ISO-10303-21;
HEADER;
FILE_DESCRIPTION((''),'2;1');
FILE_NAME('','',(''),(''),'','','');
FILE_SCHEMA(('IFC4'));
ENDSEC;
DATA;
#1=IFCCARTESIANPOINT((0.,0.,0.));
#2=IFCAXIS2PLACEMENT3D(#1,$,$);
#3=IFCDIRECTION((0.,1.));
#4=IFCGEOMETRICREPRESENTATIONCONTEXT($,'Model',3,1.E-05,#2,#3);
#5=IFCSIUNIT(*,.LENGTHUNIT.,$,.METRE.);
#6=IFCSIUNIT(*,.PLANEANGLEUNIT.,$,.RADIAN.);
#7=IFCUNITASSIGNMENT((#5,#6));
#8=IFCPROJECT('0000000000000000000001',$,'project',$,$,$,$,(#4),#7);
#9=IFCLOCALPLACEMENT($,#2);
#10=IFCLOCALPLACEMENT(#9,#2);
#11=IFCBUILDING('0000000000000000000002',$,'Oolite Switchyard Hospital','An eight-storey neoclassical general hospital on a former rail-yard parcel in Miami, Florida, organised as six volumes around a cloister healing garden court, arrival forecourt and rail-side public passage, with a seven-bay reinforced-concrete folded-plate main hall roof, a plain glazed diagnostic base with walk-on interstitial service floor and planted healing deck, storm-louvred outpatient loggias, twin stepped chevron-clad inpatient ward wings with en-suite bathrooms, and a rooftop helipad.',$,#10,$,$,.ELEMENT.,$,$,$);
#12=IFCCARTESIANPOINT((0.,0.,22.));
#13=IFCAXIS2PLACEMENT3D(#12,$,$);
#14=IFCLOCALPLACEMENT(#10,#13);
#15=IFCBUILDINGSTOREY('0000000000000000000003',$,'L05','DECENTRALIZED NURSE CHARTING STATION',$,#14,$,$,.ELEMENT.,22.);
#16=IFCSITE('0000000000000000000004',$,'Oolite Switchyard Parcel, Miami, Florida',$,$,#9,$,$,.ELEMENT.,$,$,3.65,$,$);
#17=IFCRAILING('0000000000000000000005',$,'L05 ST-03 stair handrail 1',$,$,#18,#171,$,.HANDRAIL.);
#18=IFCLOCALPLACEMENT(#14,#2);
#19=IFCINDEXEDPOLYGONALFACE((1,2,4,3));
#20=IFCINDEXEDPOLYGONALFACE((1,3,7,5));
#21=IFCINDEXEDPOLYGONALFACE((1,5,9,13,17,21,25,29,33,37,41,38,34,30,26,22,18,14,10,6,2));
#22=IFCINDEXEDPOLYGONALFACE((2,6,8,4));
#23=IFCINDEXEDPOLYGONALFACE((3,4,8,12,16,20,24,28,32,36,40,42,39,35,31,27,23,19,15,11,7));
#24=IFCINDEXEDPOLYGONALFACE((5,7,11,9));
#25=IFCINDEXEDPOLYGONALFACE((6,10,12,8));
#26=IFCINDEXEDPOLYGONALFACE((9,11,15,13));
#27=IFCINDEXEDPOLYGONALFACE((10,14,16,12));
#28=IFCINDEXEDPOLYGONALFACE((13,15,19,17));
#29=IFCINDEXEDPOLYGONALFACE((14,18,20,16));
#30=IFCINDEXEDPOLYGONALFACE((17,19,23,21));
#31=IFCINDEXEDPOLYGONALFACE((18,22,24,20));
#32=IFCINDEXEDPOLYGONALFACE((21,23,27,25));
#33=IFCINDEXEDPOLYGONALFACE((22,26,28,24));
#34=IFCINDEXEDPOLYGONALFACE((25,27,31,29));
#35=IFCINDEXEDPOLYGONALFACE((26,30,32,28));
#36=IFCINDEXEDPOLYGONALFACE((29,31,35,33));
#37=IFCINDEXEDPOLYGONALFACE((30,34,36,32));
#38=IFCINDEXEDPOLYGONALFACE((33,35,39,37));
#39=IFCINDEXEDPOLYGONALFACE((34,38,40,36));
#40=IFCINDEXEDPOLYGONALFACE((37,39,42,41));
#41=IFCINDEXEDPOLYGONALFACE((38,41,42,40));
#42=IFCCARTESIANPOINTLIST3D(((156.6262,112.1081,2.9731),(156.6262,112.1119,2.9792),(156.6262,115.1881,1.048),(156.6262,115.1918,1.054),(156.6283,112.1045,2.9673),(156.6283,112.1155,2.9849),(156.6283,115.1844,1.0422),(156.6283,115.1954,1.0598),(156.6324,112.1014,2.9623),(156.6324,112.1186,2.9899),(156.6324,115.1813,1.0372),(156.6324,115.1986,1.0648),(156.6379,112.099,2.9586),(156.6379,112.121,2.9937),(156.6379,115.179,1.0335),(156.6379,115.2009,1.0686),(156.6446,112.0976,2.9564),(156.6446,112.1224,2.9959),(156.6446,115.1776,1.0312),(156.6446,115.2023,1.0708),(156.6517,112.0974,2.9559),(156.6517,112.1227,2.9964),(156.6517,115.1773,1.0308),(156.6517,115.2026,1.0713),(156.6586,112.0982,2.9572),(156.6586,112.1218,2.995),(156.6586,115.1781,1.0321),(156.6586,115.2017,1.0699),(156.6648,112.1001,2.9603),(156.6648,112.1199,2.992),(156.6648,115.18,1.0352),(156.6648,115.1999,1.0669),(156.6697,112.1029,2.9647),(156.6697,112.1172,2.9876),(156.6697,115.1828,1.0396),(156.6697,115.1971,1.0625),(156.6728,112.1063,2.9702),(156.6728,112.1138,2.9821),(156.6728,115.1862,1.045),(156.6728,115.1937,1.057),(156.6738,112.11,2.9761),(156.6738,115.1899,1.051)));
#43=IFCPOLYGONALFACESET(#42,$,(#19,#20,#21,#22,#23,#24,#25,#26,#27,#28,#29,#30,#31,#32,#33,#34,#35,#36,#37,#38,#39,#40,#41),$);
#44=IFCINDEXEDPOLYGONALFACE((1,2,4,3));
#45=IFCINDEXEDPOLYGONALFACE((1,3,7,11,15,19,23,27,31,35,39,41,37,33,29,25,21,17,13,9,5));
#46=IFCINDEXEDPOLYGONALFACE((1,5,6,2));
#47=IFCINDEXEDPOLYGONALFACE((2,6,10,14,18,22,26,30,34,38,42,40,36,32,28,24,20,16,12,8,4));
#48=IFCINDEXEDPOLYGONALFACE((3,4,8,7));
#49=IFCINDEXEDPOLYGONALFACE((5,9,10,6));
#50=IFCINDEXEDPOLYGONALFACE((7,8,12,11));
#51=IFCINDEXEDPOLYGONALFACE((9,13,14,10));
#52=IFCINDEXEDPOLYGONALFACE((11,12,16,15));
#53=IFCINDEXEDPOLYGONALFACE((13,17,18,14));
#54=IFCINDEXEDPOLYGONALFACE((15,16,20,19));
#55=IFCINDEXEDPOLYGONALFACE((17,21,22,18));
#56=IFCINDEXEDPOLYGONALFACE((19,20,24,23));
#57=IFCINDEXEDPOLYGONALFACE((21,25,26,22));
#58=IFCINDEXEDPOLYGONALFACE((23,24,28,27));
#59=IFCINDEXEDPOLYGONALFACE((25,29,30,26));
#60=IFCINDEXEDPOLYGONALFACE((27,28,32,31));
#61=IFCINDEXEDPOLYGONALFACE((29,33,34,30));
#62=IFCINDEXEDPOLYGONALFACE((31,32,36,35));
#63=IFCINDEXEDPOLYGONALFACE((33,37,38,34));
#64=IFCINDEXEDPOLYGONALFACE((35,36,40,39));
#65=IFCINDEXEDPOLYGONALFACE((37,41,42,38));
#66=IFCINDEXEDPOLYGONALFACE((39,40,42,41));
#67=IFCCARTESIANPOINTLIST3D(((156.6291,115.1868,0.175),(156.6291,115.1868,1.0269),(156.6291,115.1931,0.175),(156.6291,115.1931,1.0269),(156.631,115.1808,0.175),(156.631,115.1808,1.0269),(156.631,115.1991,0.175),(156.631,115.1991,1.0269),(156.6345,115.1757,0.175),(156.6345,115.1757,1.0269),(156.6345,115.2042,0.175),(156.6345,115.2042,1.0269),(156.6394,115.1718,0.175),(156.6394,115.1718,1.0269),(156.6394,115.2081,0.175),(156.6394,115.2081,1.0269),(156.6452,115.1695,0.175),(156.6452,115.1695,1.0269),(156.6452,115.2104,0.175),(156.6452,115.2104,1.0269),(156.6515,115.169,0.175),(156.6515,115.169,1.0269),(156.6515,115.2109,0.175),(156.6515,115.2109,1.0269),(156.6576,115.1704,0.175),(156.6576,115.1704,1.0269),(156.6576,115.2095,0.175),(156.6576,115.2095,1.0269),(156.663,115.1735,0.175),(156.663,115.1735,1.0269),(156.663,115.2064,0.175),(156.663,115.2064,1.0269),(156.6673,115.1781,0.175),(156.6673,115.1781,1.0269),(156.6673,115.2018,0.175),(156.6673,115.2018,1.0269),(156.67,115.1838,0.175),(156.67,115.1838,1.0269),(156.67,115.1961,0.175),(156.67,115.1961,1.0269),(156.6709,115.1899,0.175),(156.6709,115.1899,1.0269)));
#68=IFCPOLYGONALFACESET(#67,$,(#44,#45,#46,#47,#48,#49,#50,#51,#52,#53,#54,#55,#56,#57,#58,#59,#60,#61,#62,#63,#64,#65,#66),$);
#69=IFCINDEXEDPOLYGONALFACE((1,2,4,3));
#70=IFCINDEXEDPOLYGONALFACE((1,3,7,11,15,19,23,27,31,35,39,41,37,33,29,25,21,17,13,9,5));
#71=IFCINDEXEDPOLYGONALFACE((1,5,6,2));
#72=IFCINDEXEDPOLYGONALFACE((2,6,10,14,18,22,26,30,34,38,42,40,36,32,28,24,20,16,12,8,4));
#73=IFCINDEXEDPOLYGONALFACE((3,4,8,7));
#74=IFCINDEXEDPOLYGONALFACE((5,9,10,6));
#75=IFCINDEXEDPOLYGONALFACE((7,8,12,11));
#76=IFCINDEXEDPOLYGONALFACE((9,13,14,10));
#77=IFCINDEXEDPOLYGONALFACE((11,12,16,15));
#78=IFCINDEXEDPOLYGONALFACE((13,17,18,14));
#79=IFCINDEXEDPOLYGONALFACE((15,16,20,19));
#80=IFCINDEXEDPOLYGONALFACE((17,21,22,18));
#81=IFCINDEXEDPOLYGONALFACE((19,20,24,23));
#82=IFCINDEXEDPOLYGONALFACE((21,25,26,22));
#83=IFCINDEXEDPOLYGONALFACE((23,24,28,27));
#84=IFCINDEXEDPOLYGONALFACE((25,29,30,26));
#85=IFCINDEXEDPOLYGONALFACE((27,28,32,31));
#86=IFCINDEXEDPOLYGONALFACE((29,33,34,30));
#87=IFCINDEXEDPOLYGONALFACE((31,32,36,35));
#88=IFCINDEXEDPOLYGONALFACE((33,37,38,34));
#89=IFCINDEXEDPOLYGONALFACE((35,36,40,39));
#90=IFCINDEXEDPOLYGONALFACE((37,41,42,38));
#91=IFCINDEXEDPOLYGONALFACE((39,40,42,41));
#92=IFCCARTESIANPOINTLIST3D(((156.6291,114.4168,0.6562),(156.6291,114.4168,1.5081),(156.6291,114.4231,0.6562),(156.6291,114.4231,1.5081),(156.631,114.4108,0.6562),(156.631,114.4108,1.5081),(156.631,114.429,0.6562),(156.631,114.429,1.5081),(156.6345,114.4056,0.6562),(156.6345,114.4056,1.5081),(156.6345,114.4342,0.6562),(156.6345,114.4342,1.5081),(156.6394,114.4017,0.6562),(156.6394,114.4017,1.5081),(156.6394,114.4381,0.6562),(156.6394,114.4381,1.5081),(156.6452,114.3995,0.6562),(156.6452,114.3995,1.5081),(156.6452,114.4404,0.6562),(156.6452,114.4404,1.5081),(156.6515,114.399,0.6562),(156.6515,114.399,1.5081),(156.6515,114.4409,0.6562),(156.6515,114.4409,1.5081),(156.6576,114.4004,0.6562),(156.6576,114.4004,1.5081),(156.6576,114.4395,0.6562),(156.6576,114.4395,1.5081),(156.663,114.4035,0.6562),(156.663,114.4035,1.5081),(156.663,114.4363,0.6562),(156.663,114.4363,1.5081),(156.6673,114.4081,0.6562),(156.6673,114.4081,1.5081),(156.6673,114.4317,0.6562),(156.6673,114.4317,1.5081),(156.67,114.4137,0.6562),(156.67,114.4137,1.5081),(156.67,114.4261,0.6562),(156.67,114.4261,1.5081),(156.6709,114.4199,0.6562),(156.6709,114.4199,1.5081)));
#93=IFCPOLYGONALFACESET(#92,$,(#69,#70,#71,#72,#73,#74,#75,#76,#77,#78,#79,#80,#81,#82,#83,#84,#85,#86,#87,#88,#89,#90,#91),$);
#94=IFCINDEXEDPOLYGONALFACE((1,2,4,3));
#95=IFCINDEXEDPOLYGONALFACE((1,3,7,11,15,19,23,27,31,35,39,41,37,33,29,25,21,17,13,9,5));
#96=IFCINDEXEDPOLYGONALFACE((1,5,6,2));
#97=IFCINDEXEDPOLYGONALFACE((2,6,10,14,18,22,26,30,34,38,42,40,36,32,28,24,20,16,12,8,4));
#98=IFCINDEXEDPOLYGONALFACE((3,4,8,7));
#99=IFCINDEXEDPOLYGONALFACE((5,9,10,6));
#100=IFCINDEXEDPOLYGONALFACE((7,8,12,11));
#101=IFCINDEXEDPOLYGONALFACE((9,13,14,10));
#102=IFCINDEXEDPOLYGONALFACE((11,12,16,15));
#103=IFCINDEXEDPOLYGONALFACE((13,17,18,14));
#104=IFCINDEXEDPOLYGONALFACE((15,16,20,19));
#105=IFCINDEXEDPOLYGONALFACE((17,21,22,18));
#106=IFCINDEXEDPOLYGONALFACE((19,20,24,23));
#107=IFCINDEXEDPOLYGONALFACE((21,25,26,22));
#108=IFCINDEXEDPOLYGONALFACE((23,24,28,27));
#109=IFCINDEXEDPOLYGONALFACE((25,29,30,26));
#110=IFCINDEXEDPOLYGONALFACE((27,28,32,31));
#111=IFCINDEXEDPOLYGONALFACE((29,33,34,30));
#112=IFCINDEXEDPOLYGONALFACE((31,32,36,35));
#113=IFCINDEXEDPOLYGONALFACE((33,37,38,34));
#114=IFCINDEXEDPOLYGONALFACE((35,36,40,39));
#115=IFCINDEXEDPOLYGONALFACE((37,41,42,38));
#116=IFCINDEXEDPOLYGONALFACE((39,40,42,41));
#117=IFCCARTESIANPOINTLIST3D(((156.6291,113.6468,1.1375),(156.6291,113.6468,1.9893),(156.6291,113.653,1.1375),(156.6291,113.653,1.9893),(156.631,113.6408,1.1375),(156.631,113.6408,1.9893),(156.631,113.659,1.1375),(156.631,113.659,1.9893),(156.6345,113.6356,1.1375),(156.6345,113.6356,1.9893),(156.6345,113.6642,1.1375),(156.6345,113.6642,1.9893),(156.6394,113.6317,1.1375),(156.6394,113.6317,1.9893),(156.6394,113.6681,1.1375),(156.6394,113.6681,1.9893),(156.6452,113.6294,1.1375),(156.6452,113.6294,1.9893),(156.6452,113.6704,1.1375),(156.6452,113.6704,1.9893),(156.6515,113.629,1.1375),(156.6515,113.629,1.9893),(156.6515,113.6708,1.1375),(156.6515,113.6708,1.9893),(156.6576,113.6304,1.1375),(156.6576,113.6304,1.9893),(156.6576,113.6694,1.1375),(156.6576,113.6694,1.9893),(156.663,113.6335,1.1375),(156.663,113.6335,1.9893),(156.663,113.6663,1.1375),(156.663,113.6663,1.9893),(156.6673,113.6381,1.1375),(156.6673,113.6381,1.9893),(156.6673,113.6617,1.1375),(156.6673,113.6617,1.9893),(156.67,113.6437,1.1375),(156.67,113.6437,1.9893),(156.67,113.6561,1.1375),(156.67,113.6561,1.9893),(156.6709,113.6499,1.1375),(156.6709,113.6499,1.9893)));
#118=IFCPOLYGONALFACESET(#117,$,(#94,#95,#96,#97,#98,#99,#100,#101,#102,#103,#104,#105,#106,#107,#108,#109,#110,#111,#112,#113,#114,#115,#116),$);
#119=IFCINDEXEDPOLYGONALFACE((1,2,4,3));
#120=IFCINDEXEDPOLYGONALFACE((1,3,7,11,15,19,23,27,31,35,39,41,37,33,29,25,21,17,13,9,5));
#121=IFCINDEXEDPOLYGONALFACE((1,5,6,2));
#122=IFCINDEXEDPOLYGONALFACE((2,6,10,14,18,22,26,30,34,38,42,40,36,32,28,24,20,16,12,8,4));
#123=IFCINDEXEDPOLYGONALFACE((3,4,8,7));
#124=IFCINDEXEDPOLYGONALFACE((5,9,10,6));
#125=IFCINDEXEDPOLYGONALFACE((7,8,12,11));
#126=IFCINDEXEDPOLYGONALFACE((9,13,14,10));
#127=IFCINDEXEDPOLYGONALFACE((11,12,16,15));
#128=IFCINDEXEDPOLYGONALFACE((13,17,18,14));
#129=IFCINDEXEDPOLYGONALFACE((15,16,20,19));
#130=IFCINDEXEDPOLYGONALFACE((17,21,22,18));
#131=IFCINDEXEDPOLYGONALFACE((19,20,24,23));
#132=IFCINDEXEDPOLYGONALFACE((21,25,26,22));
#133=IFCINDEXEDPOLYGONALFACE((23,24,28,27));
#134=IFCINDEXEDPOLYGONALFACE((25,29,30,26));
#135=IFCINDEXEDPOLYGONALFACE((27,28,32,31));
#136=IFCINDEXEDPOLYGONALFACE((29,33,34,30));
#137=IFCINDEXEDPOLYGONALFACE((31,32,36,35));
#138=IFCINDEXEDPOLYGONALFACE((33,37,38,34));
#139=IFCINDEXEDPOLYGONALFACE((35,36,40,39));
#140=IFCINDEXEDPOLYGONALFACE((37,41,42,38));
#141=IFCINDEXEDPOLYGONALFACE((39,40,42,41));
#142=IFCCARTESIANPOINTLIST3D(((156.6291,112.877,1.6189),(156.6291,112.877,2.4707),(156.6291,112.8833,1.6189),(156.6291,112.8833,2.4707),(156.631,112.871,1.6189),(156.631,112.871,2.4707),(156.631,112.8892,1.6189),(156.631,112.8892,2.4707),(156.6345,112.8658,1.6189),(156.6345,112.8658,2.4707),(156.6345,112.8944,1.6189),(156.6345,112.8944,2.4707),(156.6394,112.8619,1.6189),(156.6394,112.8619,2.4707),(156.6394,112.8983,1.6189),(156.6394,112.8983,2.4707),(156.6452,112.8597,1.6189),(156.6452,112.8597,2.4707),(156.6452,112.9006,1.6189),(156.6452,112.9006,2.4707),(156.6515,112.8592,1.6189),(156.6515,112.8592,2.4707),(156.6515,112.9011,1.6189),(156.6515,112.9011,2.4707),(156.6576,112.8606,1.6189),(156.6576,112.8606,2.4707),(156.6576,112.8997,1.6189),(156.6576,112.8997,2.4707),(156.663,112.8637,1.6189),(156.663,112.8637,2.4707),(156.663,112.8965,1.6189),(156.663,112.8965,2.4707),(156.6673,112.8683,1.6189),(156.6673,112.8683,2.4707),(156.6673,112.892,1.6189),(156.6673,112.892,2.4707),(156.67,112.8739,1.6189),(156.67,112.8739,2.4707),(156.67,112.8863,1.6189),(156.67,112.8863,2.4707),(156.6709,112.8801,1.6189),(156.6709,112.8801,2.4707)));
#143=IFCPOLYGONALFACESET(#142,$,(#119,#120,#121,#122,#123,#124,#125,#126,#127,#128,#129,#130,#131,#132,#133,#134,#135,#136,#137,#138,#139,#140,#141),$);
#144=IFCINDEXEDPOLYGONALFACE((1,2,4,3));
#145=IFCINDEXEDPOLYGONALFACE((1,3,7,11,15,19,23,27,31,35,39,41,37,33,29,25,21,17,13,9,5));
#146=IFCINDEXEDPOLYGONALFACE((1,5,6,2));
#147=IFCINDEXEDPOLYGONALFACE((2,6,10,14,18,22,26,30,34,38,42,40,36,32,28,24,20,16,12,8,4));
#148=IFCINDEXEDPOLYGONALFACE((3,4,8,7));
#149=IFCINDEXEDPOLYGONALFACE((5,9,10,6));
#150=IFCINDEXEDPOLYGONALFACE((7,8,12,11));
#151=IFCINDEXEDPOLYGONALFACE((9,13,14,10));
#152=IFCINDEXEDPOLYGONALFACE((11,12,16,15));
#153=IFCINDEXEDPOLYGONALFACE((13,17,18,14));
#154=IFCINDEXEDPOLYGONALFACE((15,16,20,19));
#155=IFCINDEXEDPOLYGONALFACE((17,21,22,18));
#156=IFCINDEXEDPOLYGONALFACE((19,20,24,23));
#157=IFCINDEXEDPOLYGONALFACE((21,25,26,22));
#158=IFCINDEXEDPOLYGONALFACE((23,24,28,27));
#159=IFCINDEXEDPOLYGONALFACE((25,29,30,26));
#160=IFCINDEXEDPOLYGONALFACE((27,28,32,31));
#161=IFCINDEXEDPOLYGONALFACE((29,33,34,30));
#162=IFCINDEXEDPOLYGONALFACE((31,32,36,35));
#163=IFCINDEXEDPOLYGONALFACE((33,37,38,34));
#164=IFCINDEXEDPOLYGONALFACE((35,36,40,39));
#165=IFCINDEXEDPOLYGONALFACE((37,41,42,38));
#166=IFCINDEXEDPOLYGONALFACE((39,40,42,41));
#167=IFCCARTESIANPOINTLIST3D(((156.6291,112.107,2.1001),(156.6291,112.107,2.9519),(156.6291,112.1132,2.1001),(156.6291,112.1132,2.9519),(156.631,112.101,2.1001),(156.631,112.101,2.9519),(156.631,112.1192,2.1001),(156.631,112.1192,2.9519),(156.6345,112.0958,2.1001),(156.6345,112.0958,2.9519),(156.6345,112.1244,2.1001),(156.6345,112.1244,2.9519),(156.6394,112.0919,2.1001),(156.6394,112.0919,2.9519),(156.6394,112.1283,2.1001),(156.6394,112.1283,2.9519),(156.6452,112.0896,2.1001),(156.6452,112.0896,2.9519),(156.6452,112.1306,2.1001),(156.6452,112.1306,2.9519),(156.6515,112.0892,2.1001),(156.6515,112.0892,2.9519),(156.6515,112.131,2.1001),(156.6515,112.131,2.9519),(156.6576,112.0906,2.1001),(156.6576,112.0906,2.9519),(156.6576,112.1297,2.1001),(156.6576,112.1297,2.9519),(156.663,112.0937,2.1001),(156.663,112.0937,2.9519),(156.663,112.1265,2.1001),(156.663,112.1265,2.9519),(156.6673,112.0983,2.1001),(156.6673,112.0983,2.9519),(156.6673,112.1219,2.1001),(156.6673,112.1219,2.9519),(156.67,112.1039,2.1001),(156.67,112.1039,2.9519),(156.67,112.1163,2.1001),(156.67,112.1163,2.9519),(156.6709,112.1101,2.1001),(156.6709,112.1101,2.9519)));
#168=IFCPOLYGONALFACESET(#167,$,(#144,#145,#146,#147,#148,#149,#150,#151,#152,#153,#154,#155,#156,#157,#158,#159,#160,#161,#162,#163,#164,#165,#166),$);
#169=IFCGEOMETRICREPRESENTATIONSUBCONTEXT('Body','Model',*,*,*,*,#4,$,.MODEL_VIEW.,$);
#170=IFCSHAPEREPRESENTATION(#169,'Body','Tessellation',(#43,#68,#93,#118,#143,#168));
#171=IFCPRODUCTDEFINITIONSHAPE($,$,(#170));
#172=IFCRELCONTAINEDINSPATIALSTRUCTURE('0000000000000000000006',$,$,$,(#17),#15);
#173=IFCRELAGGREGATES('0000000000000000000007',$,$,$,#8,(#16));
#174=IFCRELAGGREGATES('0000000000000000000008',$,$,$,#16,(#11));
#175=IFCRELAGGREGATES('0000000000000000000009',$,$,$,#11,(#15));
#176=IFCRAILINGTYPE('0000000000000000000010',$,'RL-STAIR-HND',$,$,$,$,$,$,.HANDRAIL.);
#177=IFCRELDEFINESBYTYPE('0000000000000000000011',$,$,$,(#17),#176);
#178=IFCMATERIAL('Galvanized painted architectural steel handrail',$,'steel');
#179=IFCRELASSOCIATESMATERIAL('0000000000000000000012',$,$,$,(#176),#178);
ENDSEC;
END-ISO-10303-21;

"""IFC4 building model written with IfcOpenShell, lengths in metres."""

from ifc_helpers import new_model, si_unit, direction, frame, origin, origin_2d, place, context, subcontext, project, spatial, circle, extrude, material, type_object, element, save


model = new_model("IFC4")

# Units and contexts
model_context = context("Model", 3, precision=1e-05, world=origin(), true_north=direction((0.0, 1.0)))
body_context = subcontext(model_context, "Body", "Model", "MODEL_VIEW")
ifc_project = project(units=[si_unit("LENGTHUNIT", "METRE"), si_unit("PLANEANGLEUNIT", "RADIAN")], contexts=[model_context])

# Site, building, storey
site_placement = place(None, origin())
site = spatial("IfcSite", under=ifc_project, at=site_placement, Name="Oolite Switchyard Parcel, Miami, Florida", CompositionType="ELEMENT", RefElevation=3.65)
building_placement = place(site_placement, origin())
building = spatial("IfcBuilding", under=site, at=building_placement, Name="Oolite Switchyard Hospital", Description="An eight-storey neoclassical general hospital on a former rail-yard parcel in Miami, Florida, organised as six volumes around a cloister healing garden court, arrival forecourt and rail-side public passage, with a seven-bay reinforced-concrete folded-plate main hall roof, a plain glazed diagnostic base with walk-on interstitial service floor and planted healing deck, storm-louvred outpatient loggias, twin stepped chevron-clad inpatient ward wings with en-suite bathrooms, and a rooftop helipad.", CompositionType="ELEMENT")
storey_placement = place(building_placement, frame((0.0, 0.0, 22.0)))
storey = spatial("IfcBuildingStorey", under=building, at=storey_placement, Name="L05", Description="DECENTRALIZED NURSE CHARTING STATION", CompositionType="ELEMENT", Elevation=22.0)

# Railing
ifc_material_1 = material(Name="Galvanized painted architectural steel handrail", Category="steel")
railing_type_1 = type_object("IfcRailingType", Name="RL-STAIR-HND", PredefinedType="HANDRAIL", material=ifc_material_1)
railing_1_placement = place(storey_placement, frame((156.6499, 115.1899, 0.175)))
element("IfcRailing", 1, at=railing_1_placement, inside=storey, type_object=railing_type_1, Name="L05 ST-03 stair handrail 1", PredefinedType="HANDRAIL", context=body_context, shape_type="SweptSolid", body=[
    extrude(circle(Radius=0.0239, at=origin_2d()), frame((0.0, 0.0, 0.876), z_axis=(0.0, -0.847979, 0.530029), x_axis=(1.0, 0.0, 0.0)), (0.0, 0.0, 1.0), 3.6321),
    extrude(circle(Radius=0.021, at=origin_2d()), origin(), (0.0, 0.0, 1.0), 0.8518),
    extrude(circle(Radius=0.021, at=origin_2d()), frame((0.0, -0.77, 0.4812)), (0.0, 0.0, 1.0), 0.8518),
    extrude(circle(Radius=0.021, at=origin_2d()), frame((0.0, -1.54, 0.9624)), (0.0, 0.0, 1.0), 0.8518),
    extrude(circle(Radius=0.021, at=origin_2d()), frame((0.0, -2.3098, 1.4438)), (0.0, 0.0, 1.0), 0.8518),
    extrude(circle(Radius=0.021, at=origin_2d()), frame((0.0, -3.0798, 1.925)), (0.0, 0.0, 1.0), 0.8518),
])

save(model, "model.ifc")
